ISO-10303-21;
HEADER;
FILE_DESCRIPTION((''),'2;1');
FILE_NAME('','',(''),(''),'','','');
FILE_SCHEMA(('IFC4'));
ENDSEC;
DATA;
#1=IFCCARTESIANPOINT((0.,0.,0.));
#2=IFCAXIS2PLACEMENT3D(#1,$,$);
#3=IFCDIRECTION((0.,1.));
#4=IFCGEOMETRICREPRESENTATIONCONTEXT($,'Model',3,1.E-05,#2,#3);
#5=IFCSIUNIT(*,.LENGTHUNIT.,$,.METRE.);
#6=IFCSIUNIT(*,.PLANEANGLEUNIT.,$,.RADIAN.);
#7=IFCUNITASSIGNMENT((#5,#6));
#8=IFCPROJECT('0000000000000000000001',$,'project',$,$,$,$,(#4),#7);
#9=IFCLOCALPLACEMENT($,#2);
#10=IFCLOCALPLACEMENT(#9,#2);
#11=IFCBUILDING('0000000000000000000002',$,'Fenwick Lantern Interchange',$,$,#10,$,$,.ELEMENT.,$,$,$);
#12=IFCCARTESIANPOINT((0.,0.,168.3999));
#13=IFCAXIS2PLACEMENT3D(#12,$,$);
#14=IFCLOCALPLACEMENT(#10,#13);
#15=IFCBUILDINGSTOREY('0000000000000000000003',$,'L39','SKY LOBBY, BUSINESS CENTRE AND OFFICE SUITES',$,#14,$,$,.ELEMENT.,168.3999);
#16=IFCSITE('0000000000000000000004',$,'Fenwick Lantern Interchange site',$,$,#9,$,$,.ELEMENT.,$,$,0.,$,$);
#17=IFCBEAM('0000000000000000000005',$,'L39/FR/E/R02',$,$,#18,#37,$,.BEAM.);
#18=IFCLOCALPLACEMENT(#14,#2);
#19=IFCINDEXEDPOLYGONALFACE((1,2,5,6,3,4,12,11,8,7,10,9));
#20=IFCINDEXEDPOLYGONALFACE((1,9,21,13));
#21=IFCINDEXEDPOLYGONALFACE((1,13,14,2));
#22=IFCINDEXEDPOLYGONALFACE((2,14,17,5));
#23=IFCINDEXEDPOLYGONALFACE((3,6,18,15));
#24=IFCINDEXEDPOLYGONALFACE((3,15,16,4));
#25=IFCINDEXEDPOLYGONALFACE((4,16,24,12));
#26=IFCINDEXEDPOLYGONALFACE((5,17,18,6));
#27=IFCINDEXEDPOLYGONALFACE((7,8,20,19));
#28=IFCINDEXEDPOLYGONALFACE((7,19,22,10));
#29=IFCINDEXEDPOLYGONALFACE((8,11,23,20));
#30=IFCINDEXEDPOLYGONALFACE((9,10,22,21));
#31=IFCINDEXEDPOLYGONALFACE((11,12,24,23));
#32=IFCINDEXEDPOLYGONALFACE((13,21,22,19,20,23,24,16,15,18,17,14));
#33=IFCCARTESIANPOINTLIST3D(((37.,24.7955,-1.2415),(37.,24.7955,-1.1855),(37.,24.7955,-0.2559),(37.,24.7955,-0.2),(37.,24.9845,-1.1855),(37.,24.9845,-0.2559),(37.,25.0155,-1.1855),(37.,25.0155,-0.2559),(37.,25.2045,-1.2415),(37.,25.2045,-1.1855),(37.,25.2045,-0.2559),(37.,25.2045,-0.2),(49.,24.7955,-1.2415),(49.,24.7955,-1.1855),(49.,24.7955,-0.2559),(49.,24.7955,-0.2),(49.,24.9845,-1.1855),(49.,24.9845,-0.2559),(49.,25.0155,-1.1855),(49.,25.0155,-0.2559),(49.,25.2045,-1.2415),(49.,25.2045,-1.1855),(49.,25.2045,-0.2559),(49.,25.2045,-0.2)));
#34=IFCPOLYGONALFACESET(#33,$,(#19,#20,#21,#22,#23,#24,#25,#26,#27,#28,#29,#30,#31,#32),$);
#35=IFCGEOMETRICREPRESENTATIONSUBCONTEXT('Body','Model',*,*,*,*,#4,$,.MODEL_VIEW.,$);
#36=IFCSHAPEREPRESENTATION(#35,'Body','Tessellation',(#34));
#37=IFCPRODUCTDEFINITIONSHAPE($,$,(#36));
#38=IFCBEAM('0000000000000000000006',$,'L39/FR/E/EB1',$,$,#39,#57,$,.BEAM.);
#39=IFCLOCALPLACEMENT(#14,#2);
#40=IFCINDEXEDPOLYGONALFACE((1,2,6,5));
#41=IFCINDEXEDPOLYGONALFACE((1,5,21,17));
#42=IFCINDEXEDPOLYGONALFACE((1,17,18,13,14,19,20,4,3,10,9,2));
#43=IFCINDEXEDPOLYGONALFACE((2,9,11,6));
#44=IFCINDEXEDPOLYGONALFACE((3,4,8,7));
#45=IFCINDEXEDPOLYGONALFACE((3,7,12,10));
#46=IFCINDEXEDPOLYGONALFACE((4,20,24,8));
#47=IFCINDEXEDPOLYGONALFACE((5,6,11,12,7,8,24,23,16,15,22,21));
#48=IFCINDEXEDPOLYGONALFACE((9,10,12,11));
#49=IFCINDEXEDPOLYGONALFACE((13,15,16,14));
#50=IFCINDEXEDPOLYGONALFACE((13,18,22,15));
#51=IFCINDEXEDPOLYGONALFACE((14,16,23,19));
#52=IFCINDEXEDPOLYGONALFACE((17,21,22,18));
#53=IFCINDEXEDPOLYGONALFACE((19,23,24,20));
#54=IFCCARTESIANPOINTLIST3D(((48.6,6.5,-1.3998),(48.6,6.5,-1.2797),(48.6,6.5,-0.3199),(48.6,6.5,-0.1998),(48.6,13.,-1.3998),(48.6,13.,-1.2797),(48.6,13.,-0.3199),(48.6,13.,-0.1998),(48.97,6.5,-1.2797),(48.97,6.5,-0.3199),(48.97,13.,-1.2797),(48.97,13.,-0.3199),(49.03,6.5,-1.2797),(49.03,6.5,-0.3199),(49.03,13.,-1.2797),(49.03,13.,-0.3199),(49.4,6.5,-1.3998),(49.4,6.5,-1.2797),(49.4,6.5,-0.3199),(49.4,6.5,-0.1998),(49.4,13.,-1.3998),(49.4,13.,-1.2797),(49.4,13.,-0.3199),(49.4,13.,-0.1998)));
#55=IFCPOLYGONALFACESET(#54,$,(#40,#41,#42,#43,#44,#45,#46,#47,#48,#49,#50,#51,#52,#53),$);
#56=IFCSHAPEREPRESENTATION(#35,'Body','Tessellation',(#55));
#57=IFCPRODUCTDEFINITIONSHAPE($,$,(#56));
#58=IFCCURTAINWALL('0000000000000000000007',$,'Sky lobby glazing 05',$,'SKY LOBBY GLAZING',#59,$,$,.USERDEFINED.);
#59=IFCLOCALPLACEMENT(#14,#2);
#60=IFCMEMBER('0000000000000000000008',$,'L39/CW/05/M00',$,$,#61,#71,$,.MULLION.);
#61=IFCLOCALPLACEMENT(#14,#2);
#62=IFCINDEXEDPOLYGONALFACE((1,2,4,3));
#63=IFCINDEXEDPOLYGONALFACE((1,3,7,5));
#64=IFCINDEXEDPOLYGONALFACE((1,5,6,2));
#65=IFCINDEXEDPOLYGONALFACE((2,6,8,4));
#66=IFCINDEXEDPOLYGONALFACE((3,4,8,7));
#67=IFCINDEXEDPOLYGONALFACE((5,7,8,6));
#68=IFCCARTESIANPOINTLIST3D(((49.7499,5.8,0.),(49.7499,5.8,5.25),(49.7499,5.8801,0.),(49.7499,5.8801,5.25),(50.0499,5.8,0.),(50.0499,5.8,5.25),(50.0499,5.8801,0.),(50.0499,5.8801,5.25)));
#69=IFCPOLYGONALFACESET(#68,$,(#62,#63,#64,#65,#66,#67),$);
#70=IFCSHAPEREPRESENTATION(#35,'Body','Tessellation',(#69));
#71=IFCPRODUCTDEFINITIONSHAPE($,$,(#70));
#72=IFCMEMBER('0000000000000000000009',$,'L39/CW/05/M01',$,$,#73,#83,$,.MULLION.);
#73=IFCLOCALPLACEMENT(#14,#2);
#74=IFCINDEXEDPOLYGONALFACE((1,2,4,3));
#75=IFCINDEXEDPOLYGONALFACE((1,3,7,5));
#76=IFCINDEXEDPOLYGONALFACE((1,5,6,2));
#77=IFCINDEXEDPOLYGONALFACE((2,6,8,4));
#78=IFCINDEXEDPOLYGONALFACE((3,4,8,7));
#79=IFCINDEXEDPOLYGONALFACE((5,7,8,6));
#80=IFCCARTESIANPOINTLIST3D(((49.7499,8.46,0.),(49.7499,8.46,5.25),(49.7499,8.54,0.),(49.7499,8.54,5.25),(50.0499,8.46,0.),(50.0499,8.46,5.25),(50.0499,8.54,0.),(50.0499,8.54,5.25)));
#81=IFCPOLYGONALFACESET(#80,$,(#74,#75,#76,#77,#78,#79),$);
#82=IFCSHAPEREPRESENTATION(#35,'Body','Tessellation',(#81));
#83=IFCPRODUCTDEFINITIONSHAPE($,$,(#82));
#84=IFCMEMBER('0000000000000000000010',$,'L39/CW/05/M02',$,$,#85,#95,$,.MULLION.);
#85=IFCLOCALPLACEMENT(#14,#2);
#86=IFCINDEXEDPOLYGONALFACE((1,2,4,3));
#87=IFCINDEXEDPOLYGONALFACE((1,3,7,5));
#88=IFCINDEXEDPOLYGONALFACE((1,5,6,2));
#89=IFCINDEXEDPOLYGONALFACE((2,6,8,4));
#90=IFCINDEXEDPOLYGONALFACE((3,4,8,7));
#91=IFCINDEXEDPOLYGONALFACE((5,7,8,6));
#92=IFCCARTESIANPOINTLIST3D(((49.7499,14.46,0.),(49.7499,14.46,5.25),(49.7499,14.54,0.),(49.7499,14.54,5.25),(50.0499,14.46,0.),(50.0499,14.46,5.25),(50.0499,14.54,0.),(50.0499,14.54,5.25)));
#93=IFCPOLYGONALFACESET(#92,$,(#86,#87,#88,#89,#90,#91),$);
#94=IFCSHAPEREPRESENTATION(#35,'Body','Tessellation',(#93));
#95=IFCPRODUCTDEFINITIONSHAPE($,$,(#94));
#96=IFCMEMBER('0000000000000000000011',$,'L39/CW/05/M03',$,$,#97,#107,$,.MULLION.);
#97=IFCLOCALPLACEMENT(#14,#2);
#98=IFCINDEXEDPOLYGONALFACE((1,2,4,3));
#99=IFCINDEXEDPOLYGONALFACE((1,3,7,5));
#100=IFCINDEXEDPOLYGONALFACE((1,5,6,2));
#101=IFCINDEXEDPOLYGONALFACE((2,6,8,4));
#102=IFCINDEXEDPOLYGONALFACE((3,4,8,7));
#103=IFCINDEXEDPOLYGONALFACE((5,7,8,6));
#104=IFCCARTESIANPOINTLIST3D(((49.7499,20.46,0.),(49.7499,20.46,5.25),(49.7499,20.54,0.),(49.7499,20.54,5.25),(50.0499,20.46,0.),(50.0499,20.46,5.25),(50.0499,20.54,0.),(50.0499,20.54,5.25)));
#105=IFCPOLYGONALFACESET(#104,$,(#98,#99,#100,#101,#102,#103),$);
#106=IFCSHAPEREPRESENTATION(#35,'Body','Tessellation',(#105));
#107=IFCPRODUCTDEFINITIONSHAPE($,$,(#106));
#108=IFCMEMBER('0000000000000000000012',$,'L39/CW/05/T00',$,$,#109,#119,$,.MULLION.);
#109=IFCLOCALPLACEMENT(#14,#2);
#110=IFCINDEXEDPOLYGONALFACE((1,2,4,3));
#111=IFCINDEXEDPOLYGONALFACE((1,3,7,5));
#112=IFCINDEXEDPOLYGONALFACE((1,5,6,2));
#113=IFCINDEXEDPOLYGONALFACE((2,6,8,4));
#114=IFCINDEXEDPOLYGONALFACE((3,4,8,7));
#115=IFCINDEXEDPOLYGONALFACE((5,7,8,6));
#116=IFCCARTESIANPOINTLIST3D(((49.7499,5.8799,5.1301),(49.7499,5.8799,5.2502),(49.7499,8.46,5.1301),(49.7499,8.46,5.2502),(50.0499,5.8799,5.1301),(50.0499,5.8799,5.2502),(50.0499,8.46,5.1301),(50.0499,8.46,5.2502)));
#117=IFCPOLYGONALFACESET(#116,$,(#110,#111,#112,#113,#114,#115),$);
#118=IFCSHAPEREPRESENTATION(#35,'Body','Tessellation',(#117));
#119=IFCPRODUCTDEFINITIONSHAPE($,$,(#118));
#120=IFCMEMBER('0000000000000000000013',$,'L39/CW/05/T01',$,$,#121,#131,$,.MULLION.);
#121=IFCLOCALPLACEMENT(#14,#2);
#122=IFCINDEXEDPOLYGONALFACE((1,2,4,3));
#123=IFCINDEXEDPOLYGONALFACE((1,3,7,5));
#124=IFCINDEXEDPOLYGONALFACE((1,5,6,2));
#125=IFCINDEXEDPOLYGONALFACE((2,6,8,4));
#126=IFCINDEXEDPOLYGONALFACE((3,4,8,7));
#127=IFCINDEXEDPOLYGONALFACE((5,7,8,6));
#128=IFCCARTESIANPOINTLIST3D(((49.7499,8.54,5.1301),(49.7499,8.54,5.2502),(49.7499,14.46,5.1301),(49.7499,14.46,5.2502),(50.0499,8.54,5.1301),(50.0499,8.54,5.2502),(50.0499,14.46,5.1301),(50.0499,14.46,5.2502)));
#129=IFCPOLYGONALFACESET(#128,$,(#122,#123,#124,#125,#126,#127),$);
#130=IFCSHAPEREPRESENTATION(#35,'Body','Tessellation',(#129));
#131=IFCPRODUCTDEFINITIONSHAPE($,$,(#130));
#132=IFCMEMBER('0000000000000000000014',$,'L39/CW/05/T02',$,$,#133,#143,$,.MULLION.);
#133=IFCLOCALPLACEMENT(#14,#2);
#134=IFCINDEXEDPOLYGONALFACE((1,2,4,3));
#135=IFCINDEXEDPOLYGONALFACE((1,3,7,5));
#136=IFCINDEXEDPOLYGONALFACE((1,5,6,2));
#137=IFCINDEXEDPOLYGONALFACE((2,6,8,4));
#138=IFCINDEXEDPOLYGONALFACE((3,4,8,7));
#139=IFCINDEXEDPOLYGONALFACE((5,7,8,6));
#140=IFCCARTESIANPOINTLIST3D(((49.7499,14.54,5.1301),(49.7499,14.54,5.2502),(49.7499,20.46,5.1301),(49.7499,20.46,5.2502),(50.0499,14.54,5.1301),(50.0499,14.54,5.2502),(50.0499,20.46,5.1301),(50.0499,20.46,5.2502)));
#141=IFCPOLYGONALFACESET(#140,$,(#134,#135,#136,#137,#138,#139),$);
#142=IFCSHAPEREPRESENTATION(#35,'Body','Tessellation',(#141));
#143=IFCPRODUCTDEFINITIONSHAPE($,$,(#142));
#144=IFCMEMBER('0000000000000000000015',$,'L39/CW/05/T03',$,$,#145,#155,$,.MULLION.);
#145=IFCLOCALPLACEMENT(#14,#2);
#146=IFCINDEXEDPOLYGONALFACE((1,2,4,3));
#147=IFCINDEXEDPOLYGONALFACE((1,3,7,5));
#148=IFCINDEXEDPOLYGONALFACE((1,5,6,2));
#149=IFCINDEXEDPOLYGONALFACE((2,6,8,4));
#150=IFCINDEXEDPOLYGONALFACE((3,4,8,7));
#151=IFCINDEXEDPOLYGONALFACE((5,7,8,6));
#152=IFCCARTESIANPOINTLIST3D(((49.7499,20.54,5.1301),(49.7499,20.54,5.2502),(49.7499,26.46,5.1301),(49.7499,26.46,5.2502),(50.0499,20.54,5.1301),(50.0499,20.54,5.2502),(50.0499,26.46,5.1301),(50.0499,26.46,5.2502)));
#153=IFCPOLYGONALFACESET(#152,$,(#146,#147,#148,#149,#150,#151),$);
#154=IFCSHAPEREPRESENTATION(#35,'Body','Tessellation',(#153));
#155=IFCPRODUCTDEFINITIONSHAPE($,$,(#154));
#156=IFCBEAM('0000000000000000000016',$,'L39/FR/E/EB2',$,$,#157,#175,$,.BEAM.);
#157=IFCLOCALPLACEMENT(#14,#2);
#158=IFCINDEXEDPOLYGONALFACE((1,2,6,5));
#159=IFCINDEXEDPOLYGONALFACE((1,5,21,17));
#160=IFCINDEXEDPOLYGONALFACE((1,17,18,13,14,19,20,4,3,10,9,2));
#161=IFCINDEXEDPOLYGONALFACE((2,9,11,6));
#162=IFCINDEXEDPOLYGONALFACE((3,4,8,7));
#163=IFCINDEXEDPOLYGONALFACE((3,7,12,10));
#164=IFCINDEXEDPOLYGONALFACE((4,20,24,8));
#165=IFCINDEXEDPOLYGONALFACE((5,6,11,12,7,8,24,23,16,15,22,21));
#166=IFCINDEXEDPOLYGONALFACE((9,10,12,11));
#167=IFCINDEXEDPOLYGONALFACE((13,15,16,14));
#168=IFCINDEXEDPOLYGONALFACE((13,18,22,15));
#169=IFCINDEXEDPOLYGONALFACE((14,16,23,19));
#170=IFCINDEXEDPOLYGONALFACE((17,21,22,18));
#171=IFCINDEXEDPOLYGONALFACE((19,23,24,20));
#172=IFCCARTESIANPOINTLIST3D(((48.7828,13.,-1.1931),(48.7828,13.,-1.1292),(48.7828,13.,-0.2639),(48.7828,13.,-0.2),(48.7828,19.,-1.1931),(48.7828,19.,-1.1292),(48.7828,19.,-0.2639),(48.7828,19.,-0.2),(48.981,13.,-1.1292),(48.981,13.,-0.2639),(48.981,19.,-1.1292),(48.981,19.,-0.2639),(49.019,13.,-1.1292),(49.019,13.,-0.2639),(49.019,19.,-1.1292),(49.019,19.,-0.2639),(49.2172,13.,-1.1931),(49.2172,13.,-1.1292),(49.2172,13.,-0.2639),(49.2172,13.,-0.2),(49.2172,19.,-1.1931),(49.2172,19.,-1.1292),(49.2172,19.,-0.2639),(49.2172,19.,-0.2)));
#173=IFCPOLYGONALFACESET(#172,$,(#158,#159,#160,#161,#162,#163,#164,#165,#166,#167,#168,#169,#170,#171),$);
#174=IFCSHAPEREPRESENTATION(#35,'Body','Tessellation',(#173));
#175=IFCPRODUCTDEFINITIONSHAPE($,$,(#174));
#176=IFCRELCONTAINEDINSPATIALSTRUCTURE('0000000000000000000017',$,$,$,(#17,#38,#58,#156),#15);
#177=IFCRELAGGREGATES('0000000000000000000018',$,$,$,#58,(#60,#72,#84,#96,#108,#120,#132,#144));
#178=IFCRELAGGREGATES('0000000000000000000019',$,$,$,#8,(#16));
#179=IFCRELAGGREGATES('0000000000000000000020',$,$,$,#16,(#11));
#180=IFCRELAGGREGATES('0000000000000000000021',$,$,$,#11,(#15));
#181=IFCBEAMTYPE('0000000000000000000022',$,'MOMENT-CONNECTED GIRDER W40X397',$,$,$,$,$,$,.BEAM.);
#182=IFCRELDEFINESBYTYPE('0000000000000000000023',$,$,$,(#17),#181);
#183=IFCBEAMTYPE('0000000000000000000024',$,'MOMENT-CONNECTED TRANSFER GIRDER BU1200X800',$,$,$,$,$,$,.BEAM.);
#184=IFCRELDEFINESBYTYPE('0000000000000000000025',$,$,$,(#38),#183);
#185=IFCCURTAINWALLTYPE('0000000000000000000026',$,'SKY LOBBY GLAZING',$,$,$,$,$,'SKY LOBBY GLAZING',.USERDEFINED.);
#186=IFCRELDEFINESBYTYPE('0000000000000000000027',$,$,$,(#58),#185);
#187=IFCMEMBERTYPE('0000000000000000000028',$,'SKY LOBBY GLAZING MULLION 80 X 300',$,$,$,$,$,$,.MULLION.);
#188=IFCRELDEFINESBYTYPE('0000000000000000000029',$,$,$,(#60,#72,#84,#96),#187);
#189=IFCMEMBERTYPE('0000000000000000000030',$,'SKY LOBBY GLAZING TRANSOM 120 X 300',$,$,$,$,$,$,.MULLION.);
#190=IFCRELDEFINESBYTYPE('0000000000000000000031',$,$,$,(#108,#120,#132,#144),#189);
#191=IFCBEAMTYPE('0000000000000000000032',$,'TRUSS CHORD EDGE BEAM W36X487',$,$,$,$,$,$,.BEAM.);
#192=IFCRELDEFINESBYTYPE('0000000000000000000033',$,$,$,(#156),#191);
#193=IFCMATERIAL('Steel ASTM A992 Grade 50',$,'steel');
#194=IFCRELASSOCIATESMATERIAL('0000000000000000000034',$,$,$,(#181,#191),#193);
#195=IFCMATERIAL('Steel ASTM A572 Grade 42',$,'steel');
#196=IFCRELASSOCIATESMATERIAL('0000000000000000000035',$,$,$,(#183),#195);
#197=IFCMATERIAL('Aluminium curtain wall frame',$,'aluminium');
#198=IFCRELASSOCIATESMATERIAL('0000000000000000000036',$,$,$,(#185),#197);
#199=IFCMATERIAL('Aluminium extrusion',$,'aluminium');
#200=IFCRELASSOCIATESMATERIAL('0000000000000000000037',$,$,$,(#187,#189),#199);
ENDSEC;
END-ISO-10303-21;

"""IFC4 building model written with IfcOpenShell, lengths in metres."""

from ifc_helpers import new_model, si_unit, direction, frame, origin, origin_2d, place, context, subcontext, project, spatial, rectangle, i_section, extrude, material, material_profile, profile_set, type_object, element, aggregate, save


model = new_model("IFC4")

# Units and contexts
model_context = context("Model", 3, precision=1e-05, world=origin(), true_north=direction((0.0, 1.0)))
body_context = subcontext(model_context, "Body", "Model", "MODEL_VIEW")
ifc_project = project(units=[si_unit("LENGTHUNIT", "METRE"), si_unit("PLANEANGLEUNIT", "RADIAN")], contexts=[model_context])

# Site, building, storey
site_placement = place(None, origin())
site = spatial("IfcSite", under=ifc_project, at=site_placement, Name="Fenwick Lantern Interchange site", CompositionType="ELEMENT", RefElevation=0.0)
building_placement = place(site_placement, origin())
building = spatial("IfcBuilding", under=site, at=building_placement, Name="Fenwick Lantern Interchange", CompositionType="ELEMENT")
storey_placement = place(building_placement, frame((0.0, 0.0, 168.3999)))
storey = spatial("IfcBuildingStorey", under=building, at=storey_placement, Name="L39", Description="SKY LOBBY, BUSINESS CENTRE AND OFFICE SUITES", CompositionType="ELEMENT", Elevation=168.3999)

# Shared definitions
ifc_material_1 = material(Name="Steel ASTM A992 Grade 50", Category="steel")

# Beams
ifc_material_profile_1 = material_profile(ifc_material_1, i_section(OverallWidth=0.4089, OverallDepth=1.0415, WebThickness=0.031, FlangeThickness=0.0559, at=origin_2d()), Name="W40X397")
ifc_profile_set_1 = profile_set([ifc_material_profile_1], Name="Steel ASTM A992 Grade 50")
beam_type_1 = type_object("IfcBeamType", Name="MOMENT-CONNECTED GIRDER W40X397", PredefinedType="BEAM", material=ifc_profile_set_1)
beam_1_placement = place(storey_placement, frame((49.0, 25.0, -0.7207), z_axis=(-1.0, 0.0, 0.0), x_axis=(0.0, -1.0, 0.0)))
element("IfcBeam", 1, at=beam_1_placement, inside=storey, type_object=beam_type_1, Name="L39/FR/E/R02", PredefinedType="BEAM", context=body_context, shape_type="SweptSolid", body=[
    extrude(i_section(OverallWidth=0.4089, OverallDepth=1.0415, WebThickness=0.031, FlangeThickness=0.0559, at=origin_2d()), origin(), (0.0, 0.0, 1.0), 12.0),
])
ifc_material_2 = material(Name="Steel ASTM A572 Grade 42", Category="steel")
ifc_material_profile_2 = material_profile(ifc_material_2, i_section(OverallWidth=0.8, OverallDepth=1.2, WebThickness=0.0601, FlangeThickness=0.1201, at=origin_2d()), Name="BU1200X800")
ifc_profile_set_2 = profile_set([ifc_material_profile_2], Name="Steel ASTM A572 Grade 42")
beam_type_2 = type_object("IfcBeamType", Name="MOMENT-CONNECTED TRANSFER GIRDER BU1200X800", PredefinedType="BEAM", material=ifc_profile_set_2)
beam_2_placement = place(storey_placement, frame((49.0, 6.5, -0.7998), z_axis=(0.0, 1.0, 0.0), x_axis=(-1.0, 0.0, 0.0)))
element("IfcBeam", 2, at=beam_2_placement, inside=storey, type_object=beam_type_2, Name="L39/FR/E/EB1", PredefinedType="BEAM", context=body_context, shape_type="SweptSolid", body=[
    extrude(i_section(OverallWidth=0.8, OverallDepth=1.2, WebThickness=0.0601, FlangeThickness=0.1201, at=origin_2d()), origin(), (0.0, 0.0, 1.0), 6.5),
])

# Curtain wall, members
ifc_material_3 = material(Name="Aluminium curtain wall frame", Category="aluminium")
curtain_wall_type = type_object("IfcCurtainWallType", Name="SKY LOBBY GLAZING", ElementType="SKY LOBBY GLAZING", PredefinedType="USERDEFINED", material=ifc_material_3)
curtain_wall_placement = place(storey_placement, origin())
curtain_wall = element("IfcCurtainWall", 3, at=curtain_wall_placement, inside=storey, type_object=curtain_wall_type, Name="Sky lobby glazing 05", ObjectType="SKY LOBBY GLAZING", PredefinedType="USERDEFINED")
ifc_material_4 = material(Name="Aluminium extrusion", Category="aluminium")
ifc_material_profile_3 = material_profile(ifc_material_4, rectangle(XDim=0.3, YDim=0.0801, at=origin_2d()), Name="SKY LOBBY GLAZING MULLION 80 X 300")
ifc_profile_set_3 = profile_set([ifc_material_profile_3], Name="Aluminium extrusion")
member_type_1 = type_object("IfcMemberType", Name="SKY LOBBY GLAZING MULLION 80 X 300", PredefinedType="MULLION", material=ifc_profile_set_3)
member_1_placement = place(storey_placement, frame((49.8999, 5.8401, 0.0), z_axis=(0.0, 0.0, 1.0), x_axis=(-1.0, 0.0, 0.0)))
member_1 = element("IfcMember", 4, at=member_1_placement, type_object=member_type_1, Name="L39/CW/05/M00", PredefinedType="MULLION", context=body_context, shape_type="SweptSolid", body=[
    extrude(rectangle(XDim=0.3, YDim=0.0801, at=origin_2d()), origin(), (0.0, 0.0, 1.0), 5.25),
])
member_2_placement = place(storey_placement, frame((49.8999, 8.5, 0.0), z_axis=(0.0, 0.0, 1.0), x_axis=(-1.0, 0.0, 0.0)))
member_2 = element("IfcMember", 5, at=member_2_placement, type_object=member_type_1, Name="L39/CW/05/M01", PredefinedType="MULLION", context=body_context, shape_type="SweptSolid", body=[
    extrude(rectangle(XDim=0.3, YDim=0.0801, at=origin_2d()), origin(), (0.0, 0.0, 1.0), 5.25),
])
member_3_placement = place(storey_placement, frame((49.8999, 14.5, 0.0), z_axis=(0.0, 0.0, 1.0), x_axis=(-1.0, 0.0, 0.0)))
member_3 = element("IfcMember", 6, at=member_3_placement, type_object=member_type_1, Name="L39/CW/05/M02", PredefinedType="MULLION", context=body_context, shape_type="SweptSolid", body=[
    extrude(rectangle(XDim=0.3, YDim=0.0801, at=origin_2d()), origin(), (0.0, 0.0, 1.0), 5.25),
])
member_4_placement = place(storey_placement, frame((49.8999, 20.5, 0.0), z_axis=(0.0, 0.0, 1.0), x_axis=(-1.0, 0.0, 0.0)))
member_4 = element("IfcMember", 7, at=member_4_placement, type_object=member_type_1, Name="L39/CW/05/M03", PredefinedType="MULLION", context=body_context, shape_type="SweptSolid", body=[
    extrude(rectangle(XDim=0.3, YDim=0.0801, at=origin_2d()), origin(), (0.0, 0.0, 1.0), 5.25),
])
ifc_material_profile_4 = material_profile(ifc_material_4, rectangle(XDim=0.3, YDim=0.1201, at=origin_2d()), Name="SKY LOBBY GLAZING TRANSOM 120 X 300")
ifc_profile_set_4 = profile_set([ifc_material_profile_4], Name="Aluminium extrusion")
member_type_2 = type_object("IfcMemberType", Name="SKY LOBBY GLAZING TRANSOM 120 X 300", PredefinedType="MULLION", material=ifc_profile_set_4)
member_5_placement = place(storey_placement, frame((49.8999, 5.8799, 5.1902), z_axis=(0.0, 1.0, 0.0), x_axis=(-1.0, 0.0, 0.0)))
member_5 = element("IfcMember", 8, at=member_5_placement, type_object=member_type_2, Name="L39/CW/05/T00", PredefinedType="MULLION", context=body_context, shape_type="SweptSolid", body=[
    extrude(rectangle(XDim=0.3, YDim=0.1201, at=origin_2d()), origin(), (0.0, 0.0, 1.0), 2.5801),
])
member_6_placement = place(storey_placement, frame((49.8999, 8.54, 5.1902), z_axis=(0.0, 1.0, 0.0), x_axis=(-1.0, 0.0, 0.0)))
member_6 = element("IfcMember", 9, at=member_6_placement, type_object=member_type_2, Name="L39/CW/05/T01", PredefinedType="MULLION", context=body_context, shape_type="SweptSolid", body=[
    extrude(rectangle(XDim=0.3, YDim=0.1201, at=origin_2d()), origin(), (0.0, 0.0, 1.0), 5.9199),
])
member_7_placement = place(storey_placement, frame((49.8999, 14.54, 5.1902), z_axis=(0.0, 1.0, 0.0), x_axis=(-1.0, 0.0, 0.0)))
member_7 = element("IfcMember", 10, at=member_7_placement, type_object=member_type_2, Name="L39/CW/05/T02", PredefinedType="MULLION", context=body_context, shape_type="SweptSolid", body=[
    extrude(rectangle(XDim=0.3, YDim=0.1201, at=origin_2d()), origin(), (0.0, 0.0, 1.0), 5.9199),
])
member_8_placement = place(storey_placement, frame((49.8999, 20.54, 5.1902), z_axis=(0.0, 1.0, 0.0), x_axis=(-1.0, 0.0, 0.0)))
member_8 = element("IfcMember", 11, at=member_8_placement, type_object=member_type_2, Name="L39/CW/05/T03", PredefinedType="MULLION", context=body_context, shape_type="SweptSolid", body=[
    extrude(rectangle(XDim=0.3, YDim=0.1201, at=origin_2d()), origin(), (0.0, 0.0, 1.0), 5.9199),
])

# Beam
ifc_material_profile_5 = material_profile(ifc_material_1, i_section(OverallWidth=0.4343, OverallDepth=0.9932, WebThickness=0.0381, FlangeThickness=0.064, at=origin_2d()), Name="W36X487")
ifc_profile_set_5 = profile_set([ifc_material_profile_5], Name="Steel ASTM A992 Grade 50")
beam_type_3 = type_object("IfcBeamType", Name="TRUSS CHORD EDGE BEAM W36X487", PredefinedType="BEAM", material=ifc_profile_set_5)
for number, where, z_axis, x_axis, name in (
    (12, (49.0, 13.0, -0.6965), (0.0, 1.0, 0.0), (-1.0, 0.0, 0.0), "L39/FR/E/EB2"),
):
    element("IfcBeam", number, at=place(storey_placement, frame(where, z_axis=z_axis, x_axis=x_axis)), inside=storey, type_object=beam_type_3, Name=name, PredefinedType="BEAM", context=body_context, shape_type="SweptSolid", body=[
        extrude(i_section(OverallWidth=0.4343, OverallDepth=0.9932, WebThickness=0.0381, FlangeThickness=0.064, at=origin_2d()), origin(), (0.0, 0.0, 1.0), 6.0),
    ])

aggregate(curtain_wall, [member_1, member_2, member_3, member_4, member_5, member_6, member_7, member_8])

save(model, "model.ifc")
